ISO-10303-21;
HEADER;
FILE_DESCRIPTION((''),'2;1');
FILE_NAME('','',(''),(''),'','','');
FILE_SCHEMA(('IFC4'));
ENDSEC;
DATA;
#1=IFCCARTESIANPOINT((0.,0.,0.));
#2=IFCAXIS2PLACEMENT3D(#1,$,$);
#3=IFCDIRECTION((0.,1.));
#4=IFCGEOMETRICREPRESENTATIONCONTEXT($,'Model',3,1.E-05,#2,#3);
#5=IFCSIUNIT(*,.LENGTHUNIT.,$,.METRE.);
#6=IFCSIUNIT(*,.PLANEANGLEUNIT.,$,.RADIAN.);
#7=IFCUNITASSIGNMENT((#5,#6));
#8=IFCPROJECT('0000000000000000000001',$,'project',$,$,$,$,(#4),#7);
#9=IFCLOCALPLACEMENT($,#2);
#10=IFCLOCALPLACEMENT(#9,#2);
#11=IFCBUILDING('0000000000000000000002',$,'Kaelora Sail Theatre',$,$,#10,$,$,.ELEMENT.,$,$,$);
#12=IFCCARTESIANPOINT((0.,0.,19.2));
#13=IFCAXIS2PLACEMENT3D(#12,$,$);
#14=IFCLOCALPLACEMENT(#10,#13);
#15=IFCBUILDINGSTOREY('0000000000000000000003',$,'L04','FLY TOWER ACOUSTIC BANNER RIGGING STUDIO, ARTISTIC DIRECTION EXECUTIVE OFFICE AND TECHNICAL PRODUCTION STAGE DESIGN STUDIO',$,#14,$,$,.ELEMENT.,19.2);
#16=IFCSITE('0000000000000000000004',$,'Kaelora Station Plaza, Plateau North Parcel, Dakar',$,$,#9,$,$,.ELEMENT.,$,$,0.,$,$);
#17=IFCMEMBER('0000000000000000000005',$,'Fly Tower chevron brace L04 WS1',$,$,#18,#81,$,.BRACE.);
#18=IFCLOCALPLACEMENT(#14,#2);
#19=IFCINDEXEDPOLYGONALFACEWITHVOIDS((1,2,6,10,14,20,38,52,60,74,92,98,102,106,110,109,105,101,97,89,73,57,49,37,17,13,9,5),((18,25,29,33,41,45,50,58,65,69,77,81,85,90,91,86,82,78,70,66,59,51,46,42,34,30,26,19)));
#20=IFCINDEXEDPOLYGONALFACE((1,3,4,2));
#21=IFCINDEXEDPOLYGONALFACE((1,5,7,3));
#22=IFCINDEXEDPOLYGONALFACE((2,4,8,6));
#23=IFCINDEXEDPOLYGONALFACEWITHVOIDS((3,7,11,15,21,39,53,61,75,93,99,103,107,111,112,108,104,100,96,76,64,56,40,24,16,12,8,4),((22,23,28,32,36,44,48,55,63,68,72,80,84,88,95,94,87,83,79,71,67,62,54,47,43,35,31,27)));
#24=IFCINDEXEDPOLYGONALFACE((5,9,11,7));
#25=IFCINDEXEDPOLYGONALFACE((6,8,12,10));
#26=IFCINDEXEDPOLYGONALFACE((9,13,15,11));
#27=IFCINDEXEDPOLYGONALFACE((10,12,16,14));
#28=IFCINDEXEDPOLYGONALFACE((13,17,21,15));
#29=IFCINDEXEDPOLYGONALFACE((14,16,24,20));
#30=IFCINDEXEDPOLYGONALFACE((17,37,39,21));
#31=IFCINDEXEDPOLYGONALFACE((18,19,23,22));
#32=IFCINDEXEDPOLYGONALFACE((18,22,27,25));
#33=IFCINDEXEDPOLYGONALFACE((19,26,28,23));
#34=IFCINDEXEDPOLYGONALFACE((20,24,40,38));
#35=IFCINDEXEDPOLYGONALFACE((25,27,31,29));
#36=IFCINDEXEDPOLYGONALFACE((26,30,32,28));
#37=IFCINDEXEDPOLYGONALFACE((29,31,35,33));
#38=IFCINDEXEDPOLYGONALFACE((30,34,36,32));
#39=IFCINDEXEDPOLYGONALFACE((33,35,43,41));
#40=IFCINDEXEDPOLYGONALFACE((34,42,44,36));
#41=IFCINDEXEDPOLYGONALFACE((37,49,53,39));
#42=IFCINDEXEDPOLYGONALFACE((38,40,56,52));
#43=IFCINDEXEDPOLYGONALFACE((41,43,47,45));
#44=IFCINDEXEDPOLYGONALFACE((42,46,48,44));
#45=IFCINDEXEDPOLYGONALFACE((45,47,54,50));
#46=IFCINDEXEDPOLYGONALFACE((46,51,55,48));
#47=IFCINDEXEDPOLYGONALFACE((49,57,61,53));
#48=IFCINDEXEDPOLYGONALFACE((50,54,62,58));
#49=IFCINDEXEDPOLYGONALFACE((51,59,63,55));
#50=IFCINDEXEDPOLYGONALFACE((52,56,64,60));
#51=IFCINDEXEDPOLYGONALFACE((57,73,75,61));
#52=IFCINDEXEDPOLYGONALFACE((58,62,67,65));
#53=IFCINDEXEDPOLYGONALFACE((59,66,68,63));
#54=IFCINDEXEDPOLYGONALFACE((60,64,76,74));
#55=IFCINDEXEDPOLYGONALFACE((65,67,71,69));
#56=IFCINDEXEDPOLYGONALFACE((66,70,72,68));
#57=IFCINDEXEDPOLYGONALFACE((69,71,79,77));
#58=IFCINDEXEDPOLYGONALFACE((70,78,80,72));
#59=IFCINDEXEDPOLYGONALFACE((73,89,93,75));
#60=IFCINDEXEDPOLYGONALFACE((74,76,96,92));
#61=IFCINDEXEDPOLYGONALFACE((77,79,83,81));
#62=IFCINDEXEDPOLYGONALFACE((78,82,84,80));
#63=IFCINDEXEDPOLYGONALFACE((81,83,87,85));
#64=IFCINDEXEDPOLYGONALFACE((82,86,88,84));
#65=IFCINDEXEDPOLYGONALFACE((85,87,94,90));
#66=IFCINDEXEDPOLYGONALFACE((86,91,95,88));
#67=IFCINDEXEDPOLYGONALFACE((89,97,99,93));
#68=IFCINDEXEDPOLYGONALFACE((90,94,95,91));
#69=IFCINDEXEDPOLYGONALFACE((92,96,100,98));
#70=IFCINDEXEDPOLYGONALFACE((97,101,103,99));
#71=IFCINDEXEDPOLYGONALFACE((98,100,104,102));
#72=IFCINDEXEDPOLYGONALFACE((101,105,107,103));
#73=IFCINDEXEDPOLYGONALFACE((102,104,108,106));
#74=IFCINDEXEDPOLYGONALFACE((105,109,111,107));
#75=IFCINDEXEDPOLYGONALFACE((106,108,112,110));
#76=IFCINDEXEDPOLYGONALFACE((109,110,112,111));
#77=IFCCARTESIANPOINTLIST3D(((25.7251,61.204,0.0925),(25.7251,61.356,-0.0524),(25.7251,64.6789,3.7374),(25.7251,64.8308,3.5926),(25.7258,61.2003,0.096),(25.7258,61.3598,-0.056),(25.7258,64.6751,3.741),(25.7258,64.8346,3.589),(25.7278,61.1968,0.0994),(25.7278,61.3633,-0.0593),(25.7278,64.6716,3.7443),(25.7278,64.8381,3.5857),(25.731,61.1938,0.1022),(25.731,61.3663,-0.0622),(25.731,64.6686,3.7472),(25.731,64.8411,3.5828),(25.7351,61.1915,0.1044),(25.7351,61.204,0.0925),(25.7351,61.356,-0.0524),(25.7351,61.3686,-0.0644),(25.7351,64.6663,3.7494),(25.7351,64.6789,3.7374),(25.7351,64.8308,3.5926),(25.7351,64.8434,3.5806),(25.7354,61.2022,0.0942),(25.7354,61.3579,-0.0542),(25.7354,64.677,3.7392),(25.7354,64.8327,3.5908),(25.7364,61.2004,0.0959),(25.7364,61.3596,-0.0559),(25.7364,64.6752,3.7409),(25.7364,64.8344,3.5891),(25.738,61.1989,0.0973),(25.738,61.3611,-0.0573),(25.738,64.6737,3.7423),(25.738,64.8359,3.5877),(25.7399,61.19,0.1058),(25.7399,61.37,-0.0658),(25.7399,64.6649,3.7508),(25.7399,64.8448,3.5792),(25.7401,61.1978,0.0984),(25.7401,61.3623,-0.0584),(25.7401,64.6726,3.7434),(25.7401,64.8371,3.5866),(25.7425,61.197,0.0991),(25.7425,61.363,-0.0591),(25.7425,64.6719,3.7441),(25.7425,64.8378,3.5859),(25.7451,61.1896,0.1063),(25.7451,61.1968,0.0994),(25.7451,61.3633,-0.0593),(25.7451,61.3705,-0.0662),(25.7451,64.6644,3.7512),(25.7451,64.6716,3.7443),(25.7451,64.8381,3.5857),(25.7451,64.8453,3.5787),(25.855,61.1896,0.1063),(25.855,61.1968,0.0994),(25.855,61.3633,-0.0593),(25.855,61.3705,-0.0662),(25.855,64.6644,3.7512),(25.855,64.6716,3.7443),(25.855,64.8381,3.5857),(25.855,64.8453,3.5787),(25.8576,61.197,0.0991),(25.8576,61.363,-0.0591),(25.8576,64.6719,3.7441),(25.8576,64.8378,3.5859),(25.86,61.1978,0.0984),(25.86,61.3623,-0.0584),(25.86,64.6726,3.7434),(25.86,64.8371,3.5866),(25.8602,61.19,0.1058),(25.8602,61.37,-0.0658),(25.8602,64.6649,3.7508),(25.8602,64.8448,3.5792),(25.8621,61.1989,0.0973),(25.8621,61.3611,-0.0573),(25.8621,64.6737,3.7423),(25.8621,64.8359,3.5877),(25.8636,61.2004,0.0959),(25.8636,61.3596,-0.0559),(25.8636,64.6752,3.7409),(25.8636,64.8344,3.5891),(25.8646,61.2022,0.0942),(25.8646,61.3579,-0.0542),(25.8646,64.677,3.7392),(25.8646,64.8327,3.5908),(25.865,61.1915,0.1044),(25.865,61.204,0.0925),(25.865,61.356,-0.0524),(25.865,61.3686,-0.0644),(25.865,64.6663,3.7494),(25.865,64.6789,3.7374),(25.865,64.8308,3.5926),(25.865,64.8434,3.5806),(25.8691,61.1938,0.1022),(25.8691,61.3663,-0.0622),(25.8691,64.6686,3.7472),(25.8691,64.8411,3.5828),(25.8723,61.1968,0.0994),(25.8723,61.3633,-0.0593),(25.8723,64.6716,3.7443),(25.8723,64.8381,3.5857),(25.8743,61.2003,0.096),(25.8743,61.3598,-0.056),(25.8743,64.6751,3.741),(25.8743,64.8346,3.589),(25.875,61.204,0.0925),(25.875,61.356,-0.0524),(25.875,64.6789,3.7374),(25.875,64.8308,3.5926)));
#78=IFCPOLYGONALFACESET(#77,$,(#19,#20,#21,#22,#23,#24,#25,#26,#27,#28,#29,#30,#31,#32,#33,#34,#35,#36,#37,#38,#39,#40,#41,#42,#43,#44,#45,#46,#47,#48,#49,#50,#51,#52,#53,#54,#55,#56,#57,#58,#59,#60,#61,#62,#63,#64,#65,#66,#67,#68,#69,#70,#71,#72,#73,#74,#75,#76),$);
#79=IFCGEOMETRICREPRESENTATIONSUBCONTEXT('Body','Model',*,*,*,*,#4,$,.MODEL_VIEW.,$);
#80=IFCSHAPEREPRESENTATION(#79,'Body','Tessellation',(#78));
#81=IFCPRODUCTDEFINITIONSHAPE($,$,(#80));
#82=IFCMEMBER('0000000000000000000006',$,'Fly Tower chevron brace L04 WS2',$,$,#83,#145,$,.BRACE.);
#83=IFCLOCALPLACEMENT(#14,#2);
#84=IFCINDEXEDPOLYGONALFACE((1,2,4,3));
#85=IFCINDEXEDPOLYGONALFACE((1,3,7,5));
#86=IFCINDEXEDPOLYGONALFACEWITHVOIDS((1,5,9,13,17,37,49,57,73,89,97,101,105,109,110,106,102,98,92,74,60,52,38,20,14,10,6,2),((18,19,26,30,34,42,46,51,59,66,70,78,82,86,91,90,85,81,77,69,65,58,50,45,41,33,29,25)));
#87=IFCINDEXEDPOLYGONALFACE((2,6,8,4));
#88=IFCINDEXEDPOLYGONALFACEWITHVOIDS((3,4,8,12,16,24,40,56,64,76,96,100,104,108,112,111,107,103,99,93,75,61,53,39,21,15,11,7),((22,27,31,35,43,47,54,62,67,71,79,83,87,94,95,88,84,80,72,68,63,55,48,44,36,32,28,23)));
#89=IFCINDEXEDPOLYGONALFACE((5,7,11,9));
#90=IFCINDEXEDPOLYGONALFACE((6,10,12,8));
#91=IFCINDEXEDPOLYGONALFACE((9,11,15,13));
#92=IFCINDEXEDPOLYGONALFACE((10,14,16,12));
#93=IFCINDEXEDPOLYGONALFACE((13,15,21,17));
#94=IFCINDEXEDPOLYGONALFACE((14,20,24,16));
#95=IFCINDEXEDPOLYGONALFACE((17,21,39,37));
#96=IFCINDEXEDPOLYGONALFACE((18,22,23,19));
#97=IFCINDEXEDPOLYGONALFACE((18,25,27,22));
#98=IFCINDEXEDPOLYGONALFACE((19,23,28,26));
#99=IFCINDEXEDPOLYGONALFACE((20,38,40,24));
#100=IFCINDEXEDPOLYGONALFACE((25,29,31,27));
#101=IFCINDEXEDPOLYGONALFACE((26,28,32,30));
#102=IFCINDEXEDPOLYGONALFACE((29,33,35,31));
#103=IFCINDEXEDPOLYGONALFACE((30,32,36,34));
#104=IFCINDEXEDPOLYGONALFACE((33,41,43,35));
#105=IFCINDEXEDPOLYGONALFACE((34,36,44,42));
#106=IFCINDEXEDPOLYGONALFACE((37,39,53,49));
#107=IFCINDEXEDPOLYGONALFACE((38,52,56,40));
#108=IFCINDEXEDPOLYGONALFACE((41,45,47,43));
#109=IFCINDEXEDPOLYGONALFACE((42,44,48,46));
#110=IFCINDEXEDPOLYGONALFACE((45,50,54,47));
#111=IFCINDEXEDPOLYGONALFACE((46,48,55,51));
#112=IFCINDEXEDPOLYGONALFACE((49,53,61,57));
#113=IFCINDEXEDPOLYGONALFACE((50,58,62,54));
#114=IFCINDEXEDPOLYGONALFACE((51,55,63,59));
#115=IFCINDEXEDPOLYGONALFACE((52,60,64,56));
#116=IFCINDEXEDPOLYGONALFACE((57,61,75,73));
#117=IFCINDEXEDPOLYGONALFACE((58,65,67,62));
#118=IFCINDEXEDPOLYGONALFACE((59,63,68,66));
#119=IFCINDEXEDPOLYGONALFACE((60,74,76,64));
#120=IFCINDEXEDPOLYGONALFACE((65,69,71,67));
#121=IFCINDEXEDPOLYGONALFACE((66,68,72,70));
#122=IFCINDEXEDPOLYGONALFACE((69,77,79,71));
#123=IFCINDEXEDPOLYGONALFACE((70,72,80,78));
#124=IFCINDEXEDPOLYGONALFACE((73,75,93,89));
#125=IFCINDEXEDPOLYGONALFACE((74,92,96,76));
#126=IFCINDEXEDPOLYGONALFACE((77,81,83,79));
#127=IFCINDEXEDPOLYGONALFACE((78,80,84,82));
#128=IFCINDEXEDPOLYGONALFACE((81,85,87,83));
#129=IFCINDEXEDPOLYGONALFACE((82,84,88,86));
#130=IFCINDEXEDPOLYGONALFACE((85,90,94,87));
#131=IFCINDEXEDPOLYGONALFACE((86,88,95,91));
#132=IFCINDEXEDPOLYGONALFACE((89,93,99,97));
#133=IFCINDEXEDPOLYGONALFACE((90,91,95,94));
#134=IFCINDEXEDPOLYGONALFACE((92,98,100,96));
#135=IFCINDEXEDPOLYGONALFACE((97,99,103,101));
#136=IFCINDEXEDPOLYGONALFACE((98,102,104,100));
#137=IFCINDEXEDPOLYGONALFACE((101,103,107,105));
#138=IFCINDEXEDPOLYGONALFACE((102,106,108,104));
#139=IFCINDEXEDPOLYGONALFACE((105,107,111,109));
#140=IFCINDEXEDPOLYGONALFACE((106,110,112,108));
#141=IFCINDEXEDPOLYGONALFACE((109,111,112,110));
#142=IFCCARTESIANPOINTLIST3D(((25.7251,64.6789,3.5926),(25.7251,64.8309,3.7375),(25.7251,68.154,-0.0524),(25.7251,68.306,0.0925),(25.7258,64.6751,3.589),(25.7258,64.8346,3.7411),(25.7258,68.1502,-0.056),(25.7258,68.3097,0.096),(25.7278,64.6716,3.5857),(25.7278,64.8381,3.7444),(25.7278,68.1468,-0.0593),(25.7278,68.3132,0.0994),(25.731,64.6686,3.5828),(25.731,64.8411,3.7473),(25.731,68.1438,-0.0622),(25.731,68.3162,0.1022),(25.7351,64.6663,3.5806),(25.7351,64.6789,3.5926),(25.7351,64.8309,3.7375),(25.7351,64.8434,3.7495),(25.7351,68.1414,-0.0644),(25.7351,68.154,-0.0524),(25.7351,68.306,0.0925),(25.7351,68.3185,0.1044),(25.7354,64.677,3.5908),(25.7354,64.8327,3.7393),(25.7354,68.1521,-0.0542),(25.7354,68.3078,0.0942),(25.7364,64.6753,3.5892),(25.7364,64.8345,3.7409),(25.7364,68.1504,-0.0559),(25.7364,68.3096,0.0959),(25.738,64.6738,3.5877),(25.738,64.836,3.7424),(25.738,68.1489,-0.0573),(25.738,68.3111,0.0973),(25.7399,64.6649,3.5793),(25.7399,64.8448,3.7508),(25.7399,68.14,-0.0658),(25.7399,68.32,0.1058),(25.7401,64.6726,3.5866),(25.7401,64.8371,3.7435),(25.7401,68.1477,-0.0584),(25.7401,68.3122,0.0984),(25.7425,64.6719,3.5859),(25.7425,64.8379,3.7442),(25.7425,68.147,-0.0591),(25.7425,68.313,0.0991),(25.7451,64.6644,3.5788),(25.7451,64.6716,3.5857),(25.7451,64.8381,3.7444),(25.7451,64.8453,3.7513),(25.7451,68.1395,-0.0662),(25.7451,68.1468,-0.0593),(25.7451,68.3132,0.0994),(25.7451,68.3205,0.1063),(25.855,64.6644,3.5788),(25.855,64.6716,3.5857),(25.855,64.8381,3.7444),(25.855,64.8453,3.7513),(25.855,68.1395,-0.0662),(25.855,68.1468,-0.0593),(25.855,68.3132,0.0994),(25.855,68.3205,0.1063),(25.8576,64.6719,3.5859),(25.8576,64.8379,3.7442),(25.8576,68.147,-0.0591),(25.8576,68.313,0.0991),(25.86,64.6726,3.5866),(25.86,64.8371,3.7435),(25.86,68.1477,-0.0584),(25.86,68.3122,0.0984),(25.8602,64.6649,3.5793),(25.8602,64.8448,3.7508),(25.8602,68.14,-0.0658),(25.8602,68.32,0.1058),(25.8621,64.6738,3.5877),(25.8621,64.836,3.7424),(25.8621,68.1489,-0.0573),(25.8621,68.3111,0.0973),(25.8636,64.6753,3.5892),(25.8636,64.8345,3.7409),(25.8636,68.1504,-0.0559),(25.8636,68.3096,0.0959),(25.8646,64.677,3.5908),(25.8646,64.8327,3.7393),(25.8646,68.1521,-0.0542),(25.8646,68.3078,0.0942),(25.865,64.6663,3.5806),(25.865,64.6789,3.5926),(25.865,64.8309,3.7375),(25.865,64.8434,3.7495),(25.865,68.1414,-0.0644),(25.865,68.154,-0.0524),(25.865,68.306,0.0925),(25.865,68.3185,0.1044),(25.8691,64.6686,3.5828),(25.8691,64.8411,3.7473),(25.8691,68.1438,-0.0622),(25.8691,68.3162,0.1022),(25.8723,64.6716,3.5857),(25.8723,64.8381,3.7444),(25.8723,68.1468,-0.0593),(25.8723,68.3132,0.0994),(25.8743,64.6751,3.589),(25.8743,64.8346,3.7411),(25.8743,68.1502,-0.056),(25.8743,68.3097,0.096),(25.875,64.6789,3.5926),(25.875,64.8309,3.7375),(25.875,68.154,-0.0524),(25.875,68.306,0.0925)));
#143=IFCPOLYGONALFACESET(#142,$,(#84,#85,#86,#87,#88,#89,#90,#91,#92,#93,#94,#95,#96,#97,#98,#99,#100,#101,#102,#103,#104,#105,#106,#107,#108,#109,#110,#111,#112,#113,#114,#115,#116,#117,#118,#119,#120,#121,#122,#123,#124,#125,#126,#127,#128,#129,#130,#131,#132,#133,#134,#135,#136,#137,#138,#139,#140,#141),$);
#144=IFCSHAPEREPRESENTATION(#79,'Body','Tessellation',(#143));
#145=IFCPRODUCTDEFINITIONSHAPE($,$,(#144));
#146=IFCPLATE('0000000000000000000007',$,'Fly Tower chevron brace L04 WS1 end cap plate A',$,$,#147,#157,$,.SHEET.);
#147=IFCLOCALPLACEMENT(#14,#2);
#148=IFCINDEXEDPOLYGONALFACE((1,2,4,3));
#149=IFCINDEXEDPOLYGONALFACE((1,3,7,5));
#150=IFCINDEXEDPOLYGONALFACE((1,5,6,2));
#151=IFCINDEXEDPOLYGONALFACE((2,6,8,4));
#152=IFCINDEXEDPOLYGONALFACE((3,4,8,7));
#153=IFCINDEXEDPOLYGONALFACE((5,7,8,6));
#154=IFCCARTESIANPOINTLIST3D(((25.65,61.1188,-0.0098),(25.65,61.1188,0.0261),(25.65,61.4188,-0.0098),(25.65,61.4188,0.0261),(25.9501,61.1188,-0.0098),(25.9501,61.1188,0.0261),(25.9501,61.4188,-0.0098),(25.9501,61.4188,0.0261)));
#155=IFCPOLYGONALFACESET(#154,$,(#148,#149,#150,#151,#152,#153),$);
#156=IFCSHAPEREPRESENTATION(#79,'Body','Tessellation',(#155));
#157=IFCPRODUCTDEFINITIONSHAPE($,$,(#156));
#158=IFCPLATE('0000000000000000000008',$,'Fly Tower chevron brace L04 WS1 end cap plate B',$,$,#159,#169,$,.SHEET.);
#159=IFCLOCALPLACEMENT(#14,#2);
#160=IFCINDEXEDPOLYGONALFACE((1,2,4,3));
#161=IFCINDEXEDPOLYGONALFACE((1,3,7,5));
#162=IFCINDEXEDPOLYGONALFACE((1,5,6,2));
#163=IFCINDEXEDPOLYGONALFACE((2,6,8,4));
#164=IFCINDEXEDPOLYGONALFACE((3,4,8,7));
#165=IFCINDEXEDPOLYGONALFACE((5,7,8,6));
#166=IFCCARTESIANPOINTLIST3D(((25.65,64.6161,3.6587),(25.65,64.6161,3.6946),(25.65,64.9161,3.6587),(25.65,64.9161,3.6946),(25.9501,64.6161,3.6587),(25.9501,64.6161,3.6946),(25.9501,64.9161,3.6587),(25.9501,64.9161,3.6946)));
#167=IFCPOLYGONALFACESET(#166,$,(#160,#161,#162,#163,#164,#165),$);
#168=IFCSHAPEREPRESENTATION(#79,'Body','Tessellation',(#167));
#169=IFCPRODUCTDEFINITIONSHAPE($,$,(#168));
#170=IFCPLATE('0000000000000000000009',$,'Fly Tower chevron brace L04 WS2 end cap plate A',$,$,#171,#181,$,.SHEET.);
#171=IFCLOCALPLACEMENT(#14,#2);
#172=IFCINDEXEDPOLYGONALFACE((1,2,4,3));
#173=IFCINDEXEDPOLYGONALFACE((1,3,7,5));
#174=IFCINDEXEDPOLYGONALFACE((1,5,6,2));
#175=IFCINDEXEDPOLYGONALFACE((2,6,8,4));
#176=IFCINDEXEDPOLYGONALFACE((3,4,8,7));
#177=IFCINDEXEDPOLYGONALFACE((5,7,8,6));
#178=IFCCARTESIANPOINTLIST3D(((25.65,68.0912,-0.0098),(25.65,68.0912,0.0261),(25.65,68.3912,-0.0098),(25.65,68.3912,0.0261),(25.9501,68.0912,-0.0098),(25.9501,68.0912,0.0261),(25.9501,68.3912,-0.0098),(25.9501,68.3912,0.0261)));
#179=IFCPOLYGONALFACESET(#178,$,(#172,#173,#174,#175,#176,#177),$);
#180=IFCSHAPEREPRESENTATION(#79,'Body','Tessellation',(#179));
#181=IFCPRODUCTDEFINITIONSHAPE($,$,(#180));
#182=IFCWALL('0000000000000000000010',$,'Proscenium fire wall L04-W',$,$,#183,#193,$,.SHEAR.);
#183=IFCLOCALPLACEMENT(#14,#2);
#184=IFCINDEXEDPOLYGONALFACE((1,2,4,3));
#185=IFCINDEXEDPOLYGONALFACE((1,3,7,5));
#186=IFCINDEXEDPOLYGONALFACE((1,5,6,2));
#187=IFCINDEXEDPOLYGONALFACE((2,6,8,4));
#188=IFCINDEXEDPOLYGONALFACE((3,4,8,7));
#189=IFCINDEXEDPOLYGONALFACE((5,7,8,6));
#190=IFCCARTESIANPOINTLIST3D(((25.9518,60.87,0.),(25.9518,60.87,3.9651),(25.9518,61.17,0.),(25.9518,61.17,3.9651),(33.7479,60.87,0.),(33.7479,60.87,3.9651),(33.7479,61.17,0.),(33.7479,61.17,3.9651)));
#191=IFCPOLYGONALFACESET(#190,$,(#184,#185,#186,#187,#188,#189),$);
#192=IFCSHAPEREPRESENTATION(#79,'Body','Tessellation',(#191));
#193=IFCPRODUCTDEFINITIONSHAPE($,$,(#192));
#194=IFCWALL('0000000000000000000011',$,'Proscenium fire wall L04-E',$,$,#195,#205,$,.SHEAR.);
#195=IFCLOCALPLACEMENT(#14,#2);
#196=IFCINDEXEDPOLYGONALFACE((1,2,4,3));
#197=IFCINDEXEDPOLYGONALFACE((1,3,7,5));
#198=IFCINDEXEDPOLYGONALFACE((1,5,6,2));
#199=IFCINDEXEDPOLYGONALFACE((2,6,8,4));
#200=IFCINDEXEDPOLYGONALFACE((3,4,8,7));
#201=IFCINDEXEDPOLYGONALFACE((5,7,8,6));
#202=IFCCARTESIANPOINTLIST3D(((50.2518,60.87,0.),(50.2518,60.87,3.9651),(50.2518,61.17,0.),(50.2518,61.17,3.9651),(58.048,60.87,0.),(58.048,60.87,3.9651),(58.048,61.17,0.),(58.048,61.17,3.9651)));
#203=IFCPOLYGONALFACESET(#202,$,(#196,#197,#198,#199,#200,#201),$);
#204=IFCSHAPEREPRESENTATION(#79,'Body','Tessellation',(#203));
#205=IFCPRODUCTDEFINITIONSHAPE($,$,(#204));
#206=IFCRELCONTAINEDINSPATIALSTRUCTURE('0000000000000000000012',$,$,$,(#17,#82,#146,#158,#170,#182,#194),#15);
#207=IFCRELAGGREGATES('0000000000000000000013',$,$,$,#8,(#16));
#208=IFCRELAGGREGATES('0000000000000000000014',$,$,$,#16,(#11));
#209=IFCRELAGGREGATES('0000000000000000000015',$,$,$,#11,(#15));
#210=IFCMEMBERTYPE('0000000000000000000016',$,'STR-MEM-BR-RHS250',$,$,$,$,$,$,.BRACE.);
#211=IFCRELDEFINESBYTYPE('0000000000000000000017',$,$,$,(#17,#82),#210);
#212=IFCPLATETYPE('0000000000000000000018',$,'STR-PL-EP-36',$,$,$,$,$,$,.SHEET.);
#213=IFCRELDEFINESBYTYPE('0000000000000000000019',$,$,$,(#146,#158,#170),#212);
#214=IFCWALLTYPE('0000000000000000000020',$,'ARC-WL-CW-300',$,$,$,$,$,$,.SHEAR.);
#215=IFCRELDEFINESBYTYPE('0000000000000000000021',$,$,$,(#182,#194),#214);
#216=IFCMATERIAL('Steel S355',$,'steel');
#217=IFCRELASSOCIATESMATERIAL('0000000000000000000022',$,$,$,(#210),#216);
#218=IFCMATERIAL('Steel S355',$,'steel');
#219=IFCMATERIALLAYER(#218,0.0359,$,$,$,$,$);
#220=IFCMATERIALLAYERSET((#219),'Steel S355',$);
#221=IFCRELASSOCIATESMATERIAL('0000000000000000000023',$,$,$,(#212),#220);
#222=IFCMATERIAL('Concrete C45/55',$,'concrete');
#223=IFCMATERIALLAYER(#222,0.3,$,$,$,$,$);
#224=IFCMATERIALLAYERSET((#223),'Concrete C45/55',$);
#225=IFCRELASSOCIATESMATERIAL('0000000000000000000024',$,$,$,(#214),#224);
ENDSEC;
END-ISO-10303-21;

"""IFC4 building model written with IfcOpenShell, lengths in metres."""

from ifc_helpers import new_model, si_unit, direction, frame, frame_2d, origin, origin_2d, place, context, subcontext, project, spatial, rectangle, hollow_rectangle, extrude, material, layer, layer_set, material_profile, profile_set, type_object, element, save


model = new_model("IFC4")

# Units and contexts
model_context = context("Model", 3, precision=1e-05, world=origin(), true_north=direction((0.0, 1.0)))
body_context = subcontext(model_context, "Body", "Model", "MODEL_VIEW")
ifc_project = project(units=[si_unit("LENGTHUNIT", "METRE"), si_unit("PLANEANGLEUNIT", "RADIAN")], contexts=[model_context])

# Site, building, storey
site_placement = place(None, origin())
site = spatial("IfcSite", under=ifc_project, at=site_placement, Name="Kaelora Station Plaza, Plateau North Parcel, Dakar", CompositionType="ELEMENT", RefElevation=0.0)
building_placement = place(site_placement, origin())
building = spatial("IfcBuilding", under=site, at=building_placement, Name="Kaelora Sail Theatre", CompositionType="ELEMENT")
storey_placement = place(building_placement, frame((0.0, 0.0, 19.2)))
storey = spatial("IfcBuildingStorey", under=building, at=storey_placement, Name="L04", Description="FLY TOWER ACOUSTIC BANNER RIGGING STUDIO, ARTISTIC DIRECTION EXECUTIVE OFFICE AND TECHNICAL PRODUCTION STAGE DESIGN STUDIO", CompositionType="ELEMENT", Elevation=19.2)

# Members
ifc_material_1 = material(Name="Steel S355", Category="steel")
ifc_material_profile_1 = material_profile(ifc_material_1, hollow_rectangle(XDim=0.1499, YDim=0.25, WallThickness=0.01, InnerFilletRadius=0.01, OuterFilletRadius=0.02, at=origin_2d()), Name="RHS 250x150x10.0")
ifc_profile_set_1 = profile_set([ifc_material_profile_1], Name="Steel S355")
member_type = type_object("IfcMemberType", Name="STR-MEM-BR-RHS250", PredefinedType="BRACE", material=ifc_profile_set_1)
member_1_placement = place(storey_placement, frame((25.8, 61.28, 0.02), z_axis=(0.0, 0.69001, 0.7238), x_axis=(-1.0, 0.0, 0.0)))
element("IfcMember", 1, at=member_1_placement, inside=storey, type_object=member_type, Name="Fly Tower chevron brace L04 WS1", PredefinedType="BRACE", context=body_context, shape_type="SweptSolid", body=[
    extrude(hollow_rectangle(XDim=0.1499, YDim=0.25, WallThickness=0.01, InnerFilletRadius=0.01, OuterFilletRadius=0.02, at=origin_2d()), origin(), (0.0, 0.0, 1.0), 5.0359),
])
member_2_placement = place(storey_placement, frame((25.8, 68.23, 0.02), z_axis=(0.0, -0.690035, 0.723776), x_axis=(1.0, 0.0, 0.0)))
element("IfcMember", 2, at=member_2_placement, inside=storey, type_object=member_type, Name="Fly Tower chevron brace L04 WS2", PredefinedType="BRACE", context=body_context, shape_type="SweptSolid", body=[
    extrude(hollow_rectangle(XDim=0.1499, YDim=0.25, WallThickness=0.01, InnerFilletRadius=0.01, OuterFilletRadius=0.02, at=origin_2d()), origin(), (0.0, 0.0, 1.0), 5.0361),
])

# Plates
ifc_material_2 = material(Name="Steel S355", Category="steel")
ifc_layer_1 = layer(ifc_material_2, 0.0359)
ifc_layer_set_1 = layer_set([ifc_layer_1], Name="Steel S355")
plate_type = type_object("IfcPlateType", Name="STR-PL-EP-36", PredefinedType="SHEET", material=ifc_layer_set_1)
for number, where, z_axis, x_axis, name in (
    (3, (25.8, 61.2688, -0.0098), (0.0, 0.0, 1.0), (1.0, 0.0, 0.0), "Fly Tower chevron brace L04 WS1 end cap plate A"),
    (4, (25.8, 64.7661, 3.6587), (0.0, 0.0, 1.0), (1.0, 0.0, 0.0), "Fly Tower chevron brace L04 WS1 end cap plate B"),
    (5, (25.8, 68.2412, -0.0098), (0.0, 0.0, 1.0), (1.0, 0.0, 0.0), "Fly Tower chevron brace L04 WS2 end cap plate A"),
):
    element("IfcPlate", number, at=place(storey_placement, frame(where, z_axis=z_axis, x_axis=x_axis)), inside=storey, type_object=plate_type, Name=name, PredefinedType="SHEET", context=body_context, shape_type="SweptSolid", body=[
        extrude(rectangle(XDim=0.3, YDim=0.3, at=origin_2d()), origin(), (0.0, 0.0, 1.0), 0.0359),
    ])

# Walls
ifc_material_3 = material(Name="Concrete C45/55", Category="concrete")
ifc_layer_2 = layer(ifc_material_3, 0.3)
ifc_layer_set_2 = layer_set([ifc_layer_2], Name="Concrete C45/55")
wall_type_1 = type_object("IfcWallType", Name="ARC-WL-CW-300", PredefinedType="SHEAR", material=ifc_layer_set_2)
for number, where, z_axis, x_axis, name in (
    (6, (25.9519, 61.02, 0.0), (0.0, 0.0, 1.0), (1.0, 0.0, 0.0), "Proscenium fire wall L04-W"),
    (7, (50.252, 61.02, 0.0), (0.0, 0.0, 1.0), (1.0, 0.0, 0.0), "Proscenium fire wall L04-E"),
):
    element("IfcWall", number, at=place(storey_placement, frame(where, z_axis=z_axis, x_axis=x_axis)), inside=storey, type_object=wall_type_1, Name=name, PredefinedType="SHEAR", context=body_context, shape_type="SweptSolid", body=[
        extrude(rectangle(XDim=7.7961, YDim=0.3, at=frame_2d((3.8979, 0.0))), origin(), (0.0, 0.0, 1.0), 3.9651),
    ])

save(model, "model.ifc")
